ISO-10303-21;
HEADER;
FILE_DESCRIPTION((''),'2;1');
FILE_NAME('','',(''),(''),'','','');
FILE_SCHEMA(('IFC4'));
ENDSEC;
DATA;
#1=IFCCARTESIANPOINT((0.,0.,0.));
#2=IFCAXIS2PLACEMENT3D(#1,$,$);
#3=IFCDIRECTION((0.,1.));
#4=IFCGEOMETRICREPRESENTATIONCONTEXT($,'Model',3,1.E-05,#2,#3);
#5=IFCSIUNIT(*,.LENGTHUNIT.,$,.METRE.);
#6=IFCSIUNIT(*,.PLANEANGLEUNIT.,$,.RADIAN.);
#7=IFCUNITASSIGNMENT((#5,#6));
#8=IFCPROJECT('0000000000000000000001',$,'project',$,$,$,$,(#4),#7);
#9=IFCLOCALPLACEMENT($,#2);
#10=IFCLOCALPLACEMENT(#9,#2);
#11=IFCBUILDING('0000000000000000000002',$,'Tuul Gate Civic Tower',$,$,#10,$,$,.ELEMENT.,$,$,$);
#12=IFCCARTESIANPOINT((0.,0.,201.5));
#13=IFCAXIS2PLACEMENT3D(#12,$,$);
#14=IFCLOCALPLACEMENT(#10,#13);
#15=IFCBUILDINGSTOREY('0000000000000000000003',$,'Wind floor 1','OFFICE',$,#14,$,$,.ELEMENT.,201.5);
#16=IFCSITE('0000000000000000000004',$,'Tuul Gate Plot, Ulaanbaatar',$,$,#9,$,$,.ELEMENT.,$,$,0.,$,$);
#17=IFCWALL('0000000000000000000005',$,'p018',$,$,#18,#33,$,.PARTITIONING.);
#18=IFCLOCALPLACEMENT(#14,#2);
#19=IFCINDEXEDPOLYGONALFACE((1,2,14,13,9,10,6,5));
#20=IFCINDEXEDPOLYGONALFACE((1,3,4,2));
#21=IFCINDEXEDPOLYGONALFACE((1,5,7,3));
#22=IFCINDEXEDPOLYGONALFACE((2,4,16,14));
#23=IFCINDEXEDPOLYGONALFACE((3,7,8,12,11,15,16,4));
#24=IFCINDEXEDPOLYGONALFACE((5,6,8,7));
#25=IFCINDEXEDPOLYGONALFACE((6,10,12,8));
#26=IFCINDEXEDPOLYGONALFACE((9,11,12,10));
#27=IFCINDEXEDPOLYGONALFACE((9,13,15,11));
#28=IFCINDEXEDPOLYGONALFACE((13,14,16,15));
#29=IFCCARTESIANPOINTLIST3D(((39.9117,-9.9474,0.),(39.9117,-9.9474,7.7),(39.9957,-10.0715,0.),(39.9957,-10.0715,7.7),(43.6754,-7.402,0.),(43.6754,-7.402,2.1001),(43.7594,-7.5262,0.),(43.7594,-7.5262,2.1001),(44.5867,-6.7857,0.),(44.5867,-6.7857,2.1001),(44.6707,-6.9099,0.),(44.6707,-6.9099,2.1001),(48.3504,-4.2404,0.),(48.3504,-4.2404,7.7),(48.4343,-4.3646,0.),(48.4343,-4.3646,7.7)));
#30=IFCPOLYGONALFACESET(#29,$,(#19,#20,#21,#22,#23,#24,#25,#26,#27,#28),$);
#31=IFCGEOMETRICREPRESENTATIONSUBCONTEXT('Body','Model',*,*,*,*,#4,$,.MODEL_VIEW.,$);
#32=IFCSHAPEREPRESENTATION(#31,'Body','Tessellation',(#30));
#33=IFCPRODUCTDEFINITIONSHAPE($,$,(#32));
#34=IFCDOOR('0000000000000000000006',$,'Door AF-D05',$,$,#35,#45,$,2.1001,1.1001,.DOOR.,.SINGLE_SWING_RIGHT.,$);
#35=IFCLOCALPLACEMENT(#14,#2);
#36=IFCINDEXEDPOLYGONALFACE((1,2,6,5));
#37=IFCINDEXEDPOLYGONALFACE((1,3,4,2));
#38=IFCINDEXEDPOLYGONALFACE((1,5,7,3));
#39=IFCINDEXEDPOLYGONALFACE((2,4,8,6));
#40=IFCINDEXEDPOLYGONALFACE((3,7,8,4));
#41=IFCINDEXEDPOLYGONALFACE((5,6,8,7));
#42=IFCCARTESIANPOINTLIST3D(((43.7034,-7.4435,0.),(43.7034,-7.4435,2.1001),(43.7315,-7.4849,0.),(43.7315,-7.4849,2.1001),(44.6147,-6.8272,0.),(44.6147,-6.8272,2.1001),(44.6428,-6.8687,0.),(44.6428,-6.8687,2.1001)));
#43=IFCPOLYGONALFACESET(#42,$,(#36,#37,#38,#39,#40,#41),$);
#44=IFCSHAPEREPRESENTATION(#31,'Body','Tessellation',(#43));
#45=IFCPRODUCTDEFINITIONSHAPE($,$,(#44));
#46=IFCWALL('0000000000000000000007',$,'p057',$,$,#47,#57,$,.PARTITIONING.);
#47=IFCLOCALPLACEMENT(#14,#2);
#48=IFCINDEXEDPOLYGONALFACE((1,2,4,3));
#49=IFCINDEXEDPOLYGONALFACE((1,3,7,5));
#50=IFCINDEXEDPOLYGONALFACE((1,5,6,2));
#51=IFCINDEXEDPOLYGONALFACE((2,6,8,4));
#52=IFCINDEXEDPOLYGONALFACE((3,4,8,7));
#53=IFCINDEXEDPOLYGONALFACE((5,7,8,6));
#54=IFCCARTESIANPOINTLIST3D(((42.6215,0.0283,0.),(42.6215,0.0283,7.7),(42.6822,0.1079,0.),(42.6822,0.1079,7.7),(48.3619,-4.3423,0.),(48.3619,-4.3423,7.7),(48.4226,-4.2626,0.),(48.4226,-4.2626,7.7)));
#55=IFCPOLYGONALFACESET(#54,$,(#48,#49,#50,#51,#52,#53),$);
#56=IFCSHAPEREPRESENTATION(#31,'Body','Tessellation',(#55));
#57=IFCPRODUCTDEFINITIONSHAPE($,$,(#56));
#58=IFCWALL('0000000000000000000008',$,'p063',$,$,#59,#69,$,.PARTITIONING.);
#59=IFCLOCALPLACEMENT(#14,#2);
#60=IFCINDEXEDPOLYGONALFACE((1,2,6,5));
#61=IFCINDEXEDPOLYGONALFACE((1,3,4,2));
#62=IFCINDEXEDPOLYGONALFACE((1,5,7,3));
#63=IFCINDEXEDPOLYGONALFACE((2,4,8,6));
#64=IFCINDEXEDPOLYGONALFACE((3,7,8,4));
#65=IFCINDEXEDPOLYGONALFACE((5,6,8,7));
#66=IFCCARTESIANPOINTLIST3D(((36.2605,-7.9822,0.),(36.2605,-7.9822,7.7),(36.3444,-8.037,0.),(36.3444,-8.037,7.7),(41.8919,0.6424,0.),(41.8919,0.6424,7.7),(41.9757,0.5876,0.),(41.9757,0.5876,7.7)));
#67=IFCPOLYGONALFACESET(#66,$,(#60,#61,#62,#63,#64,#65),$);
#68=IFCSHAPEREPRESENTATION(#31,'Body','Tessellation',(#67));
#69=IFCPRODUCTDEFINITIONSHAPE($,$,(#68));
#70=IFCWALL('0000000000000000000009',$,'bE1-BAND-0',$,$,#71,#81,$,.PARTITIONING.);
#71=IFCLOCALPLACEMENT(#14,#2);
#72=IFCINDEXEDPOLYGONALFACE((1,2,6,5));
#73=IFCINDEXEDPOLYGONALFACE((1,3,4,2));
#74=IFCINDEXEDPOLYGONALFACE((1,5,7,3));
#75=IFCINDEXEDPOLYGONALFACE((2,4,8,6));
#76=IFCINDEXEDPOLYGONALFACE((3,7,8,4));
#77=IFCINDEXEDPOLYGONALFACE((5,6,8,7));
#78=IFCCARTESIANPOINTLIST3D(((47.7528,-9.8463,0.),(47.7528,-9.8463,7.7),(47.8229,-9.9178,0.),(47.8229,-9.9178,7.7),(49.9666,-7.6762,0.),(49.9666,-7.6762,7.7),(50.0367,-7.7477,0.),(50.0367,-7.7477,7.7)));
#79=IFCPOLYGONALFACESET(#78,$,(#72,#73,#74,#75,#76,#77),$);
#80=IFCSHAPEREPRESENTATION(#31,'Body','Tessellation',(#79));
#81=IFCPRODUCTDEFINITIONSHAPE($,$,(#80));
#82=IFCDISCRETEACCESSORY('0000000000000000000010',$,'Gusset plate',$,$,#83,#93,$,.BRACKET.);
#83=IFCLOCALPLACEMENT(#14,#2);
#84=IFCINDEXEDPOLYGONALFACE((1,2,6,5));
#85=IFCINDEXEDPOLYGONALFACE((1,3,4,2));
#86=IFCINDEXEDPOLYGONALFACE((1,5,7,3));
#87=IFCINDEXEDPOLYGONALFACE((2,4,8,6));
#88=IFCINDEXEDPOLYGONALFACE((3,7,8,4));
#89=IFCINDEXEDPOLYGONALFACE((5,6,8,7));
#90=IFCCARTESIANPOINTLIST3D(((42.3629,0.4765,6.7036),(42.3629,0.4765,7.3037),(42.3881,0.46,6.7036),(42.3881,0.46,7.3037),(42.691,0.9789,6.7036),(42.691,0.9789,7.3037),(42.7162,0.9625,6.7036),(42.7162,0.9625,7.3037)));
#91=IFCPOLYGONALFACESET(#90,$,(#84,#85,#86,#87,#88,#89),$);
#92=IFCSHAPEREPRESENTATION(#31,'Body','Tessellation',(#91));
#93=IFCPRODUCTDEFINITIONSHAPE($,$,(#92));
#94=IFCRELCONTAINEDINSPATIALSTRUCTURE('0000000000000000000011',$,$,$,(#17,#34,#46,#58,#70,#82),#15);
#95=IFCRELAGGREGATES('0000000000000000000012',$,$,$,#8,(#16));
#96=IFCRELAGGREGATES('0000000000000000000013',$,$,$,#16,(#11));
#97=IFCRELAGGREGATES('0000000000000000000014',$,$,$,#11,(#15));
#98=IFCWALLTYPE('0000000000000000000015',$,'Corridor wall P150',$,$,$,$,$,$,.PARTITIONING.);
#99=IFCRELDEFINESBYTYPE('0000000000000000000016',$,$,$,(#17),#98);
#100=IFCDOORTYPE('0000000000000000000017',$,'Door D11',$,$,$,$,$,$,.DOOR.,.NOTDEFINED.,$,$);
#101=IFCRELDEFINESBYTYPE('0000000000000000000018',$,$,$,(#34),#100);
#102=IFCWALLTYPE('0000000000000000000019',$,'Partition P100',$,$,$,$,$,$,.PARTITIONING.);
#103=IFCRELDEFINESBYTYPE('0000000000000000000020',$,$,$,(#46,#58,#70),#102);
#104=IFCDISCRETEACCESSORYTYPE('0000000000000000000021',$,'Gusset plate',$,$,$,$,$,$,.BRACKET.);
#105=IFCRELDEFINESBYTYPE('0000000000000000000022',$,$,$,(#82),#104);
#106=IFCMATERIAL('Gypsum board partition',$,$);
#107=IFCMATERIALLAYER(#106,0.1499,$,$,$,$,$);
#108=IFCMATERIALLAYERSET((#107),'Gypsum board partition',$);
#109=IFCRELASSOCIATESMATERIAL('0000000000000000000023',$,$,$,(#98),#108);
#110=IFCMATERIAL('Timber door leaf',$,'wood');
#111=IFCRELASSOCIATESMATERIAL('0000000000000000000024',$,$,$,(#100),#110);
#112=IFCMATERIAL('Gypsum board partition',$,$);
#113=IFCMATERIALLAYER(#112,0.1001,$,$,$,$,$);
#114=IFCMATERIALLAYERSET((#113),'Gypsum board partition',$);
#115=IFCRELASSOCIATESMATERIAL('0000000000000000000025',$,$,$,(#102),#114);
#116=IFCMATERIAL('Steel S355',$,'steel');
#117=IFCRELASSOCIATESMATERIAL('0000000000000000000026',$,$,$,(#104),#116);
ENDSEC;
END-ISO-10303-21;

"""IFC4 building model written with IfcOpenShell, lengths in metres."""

from ifc_helpers import new_model, si_unit, direction, frame, frame_2d, origin, origin_2d, place, context, subcontext, project, spatial, rectangle, extrude, material, layer, layer_set, type_object, element, fill, save


model = new_model("IFC4")

# Units and contexts
model_context = context("Model", 3, precision=1e-05, world=origin(), true_north=direction((0.0, 1.0)))
body_context = subcontext(model_context, "Body", "Model", "MODEL_VIEW")
ifc_project = project(units=[si_unit("LENGTHUNIT", "METRE"), si_unit("PLANEANGLEUNIT", "RADIAN")], contexts=[model_context])

# Site, building, storey
site_placement = place(None, origin())
site = spatial("IfcSite", under=ifc_project, at=site_placement, Name="Tuul Gate Plot, Ulaanbaatar", CompositionType="ELEMENT", RefElevation=0.0)
building_placement = place(site_placement, origin())
building = spatial("IfcBuilding", under=site, at=building_placement, Name="Tuul Gate Civic Tower", CompositionType="ELEMENT")
storey_placement = place(building_placement, frame((0.0, 0.0, 201.5)))
storey = spatial("IfcBuildingStorey", under=building, at=storey_placement, Name="Wind floor 1", Description="OFFICE", CompositionType="ELEMENT", Elevation=201.5)

# Shared definitions
ifc_material_1 = material(Name="Gypsum board partition")
ifc_layer_1 = layer(ifc_material_1, 0.1499)
ifc_layer_set_1 = layer_set([ifc_layer_1], Name="Gypsum board partition")
wall_type_1 = type_object("IfcWallType", Name="Corridor wall P150", PredefinedType="PARTITIONING", material=ifc_layer_set_1)

# Wall, opening, door
wall_1_placement = place(storey_placement, frame((39.9536, -10.0095, 0.0), z_axis=(0.0, 0.0, 1.0), x_axis=(0.828352, 0.560207, 0.0)))
wall_1 = element("IfcWall", 1, at=wall_1_placement, inside=storey, type_object=wall_type_1, Name="p018", PredefinedType="PARTITIONING", context=body_context, shape_type="SweptSolid", body=[
    extrude(rectangle(XDim=10.1873, YDim=0.1499, at=frame_2d((5.0938, 0.0))), origin(), (0.0, 0.0, 1.0), 7.7),
])
opening_1_placement = place(wall_1_placement, frame((4.5437, 0.0, 0.0)))
opening_1 = element("IfcOpeningElement", 2, at=opening_1_placement, cuts=wall_1, PredefinedType="OPENING", context=body_context, shape_type="SweptSolid", body=[
    extrude(rectangle(XDim=1.1001, YDim=2.1001, at=frame_2d((0.55, 1.05))), frame((0.0, 0.085, 0.0), z_axis=(0.0, -1.0, 0.0), x_axis=(1.0, 0.0, 0.0)), (0.0, 0.0, 1.0), 0.1699),
])
ifc_material_2 = material(Name="Timber door leaf", Category="wood")
door_type_1 = type_object("IfcDoorType", Name="Door D11", OperationType="NOTDEFINED", PredefinedType="DOOR", material=ifc_material_2)
door_1_placement = place(opening_1_placement, origin())
door_1 = element("IfcDoor", 3, at=door_1_placement, inside=storey, type_object=door_type_1, Name="Door AF-D05", OperationType="SINGLE_SWING_RIGHT", OverallHeight=2.1001, OverallWidth=1.1001, PredefinedType="DOOR", context=body_context, shape_type="SweptSolid", body=[
    extrude(rectangle(XDim=1.1001, YDim=2.1001, at=frame_2d((0.55, 1.05))), frame((0.0, 0.0249, 0.0), z_axis=(0.0, -1.0, 0.0), x_axis=(1.0, 0.0, 0.0)), (0.0, 0.0, 1.0), 0.05),
])
fill(opening_1, door_1)

# Walls
ifc_material_3 = material(Name="Gypsum board partition")
ifc_layer_2 = layer(ifc_material_3, 0.1001)
ifc_layer_set_2 = layer_set([ifc_layer_2], Name="Gypsum board partition")
wall_type_2 = type_object("IfcWallType", Name="Partition P100", PredefinedType="PARTITIONING", material=ifc_layer_set_2)
wall_2_placement = place(storey_placement, frame((42.6519, 0.0681, 0.0), z_axis=(0.0, 0.0, 1.0), x_axis=(0.795638, -0.605772, 0.0)))
element("IfcWall", 4, at=wall_2_placement, inside=storey, type_object=wall_type_2, Name="p057", PredefinedType="PARTITIONING", context=body_context, shape_type="SweptSolid", body=[
    extrude(rectangle(XDim=7.2148, YDim=0.1001, at=frame_2d((3.6074, 0.0))), origin(), (0.0, 0.0, 1.0), 7.7),
])
wall_3_placement = place(storey_placement, frame((41.9338, 0.615, 0.0), z_axis=(0.0, 0.0, 1.0), x_axis=(-0.546722, -0.837314, 0.0)))
element("IfcWall", 5, at=wall_3_placement, inside=storey, type_object=wall_type_2, Name="p063", PredefinedType="PARTITIONING", context=body_context, shape_type="SweptSolid", body=[
    extrude(rectangle(XDim=10.3003, YDim=0.1001, at=frame_2d((5.1501, 0.0))), origin(), (0.0, 0.0, 1.0), 7.7),
])
wall_4_placement = place(storey_placement, frame((47.7878, -9.8821, 0.0), z_axis=(0.0, 0.0, 1.0), x_axis=(0.71412, 0.700023, 0.0)))
element("IfcWall", 6, at=wall_4_placement, inside=storey, type_object=wall_type_2, Name="bE1-BAND-0", PredefinedType="PARTITIONING", context=body_context, shape_type="SweptSolid", body=[
    extrude(rectangle(XDim=3.1001, YDim=0.1001, at=frame_2d((1.55, 0.0))), origin(), (0.0, 0.0, 1.0), 7.7),
])

# Discrete accessory
ifc_material_4 = material(Name="Steel S355", Category="steel")
discrete_accessory_type = type_object("IfcDiscreteAccessoryType", Name="Gusset plate", PredefinedType="BRACKET", material=ifc_material_4)
discrete_accessory_placement = place(storey_placement, frame((42.5396, 0.7195, 6.7036), z_axis=(0.0, 0.0, 1.0), x_axis=(0.546722, 0.837314, 0.0)))
element("IfcDiscreteAccessory", 7, at=discrete_accessory_placement, inside=storey, type_object=discrete_accessory_type, Name="Gusset plate", PredefinedType="BRACKET", context=body_context, shape_type="SweptSolid", body=[
    extrude(rectangle(XDim=0.6001, YDim=0.03, at=origin_2d()), origin(), (0.0, 0.0, 1.0), 0.6001),
])

save(model, "model.ifc")
